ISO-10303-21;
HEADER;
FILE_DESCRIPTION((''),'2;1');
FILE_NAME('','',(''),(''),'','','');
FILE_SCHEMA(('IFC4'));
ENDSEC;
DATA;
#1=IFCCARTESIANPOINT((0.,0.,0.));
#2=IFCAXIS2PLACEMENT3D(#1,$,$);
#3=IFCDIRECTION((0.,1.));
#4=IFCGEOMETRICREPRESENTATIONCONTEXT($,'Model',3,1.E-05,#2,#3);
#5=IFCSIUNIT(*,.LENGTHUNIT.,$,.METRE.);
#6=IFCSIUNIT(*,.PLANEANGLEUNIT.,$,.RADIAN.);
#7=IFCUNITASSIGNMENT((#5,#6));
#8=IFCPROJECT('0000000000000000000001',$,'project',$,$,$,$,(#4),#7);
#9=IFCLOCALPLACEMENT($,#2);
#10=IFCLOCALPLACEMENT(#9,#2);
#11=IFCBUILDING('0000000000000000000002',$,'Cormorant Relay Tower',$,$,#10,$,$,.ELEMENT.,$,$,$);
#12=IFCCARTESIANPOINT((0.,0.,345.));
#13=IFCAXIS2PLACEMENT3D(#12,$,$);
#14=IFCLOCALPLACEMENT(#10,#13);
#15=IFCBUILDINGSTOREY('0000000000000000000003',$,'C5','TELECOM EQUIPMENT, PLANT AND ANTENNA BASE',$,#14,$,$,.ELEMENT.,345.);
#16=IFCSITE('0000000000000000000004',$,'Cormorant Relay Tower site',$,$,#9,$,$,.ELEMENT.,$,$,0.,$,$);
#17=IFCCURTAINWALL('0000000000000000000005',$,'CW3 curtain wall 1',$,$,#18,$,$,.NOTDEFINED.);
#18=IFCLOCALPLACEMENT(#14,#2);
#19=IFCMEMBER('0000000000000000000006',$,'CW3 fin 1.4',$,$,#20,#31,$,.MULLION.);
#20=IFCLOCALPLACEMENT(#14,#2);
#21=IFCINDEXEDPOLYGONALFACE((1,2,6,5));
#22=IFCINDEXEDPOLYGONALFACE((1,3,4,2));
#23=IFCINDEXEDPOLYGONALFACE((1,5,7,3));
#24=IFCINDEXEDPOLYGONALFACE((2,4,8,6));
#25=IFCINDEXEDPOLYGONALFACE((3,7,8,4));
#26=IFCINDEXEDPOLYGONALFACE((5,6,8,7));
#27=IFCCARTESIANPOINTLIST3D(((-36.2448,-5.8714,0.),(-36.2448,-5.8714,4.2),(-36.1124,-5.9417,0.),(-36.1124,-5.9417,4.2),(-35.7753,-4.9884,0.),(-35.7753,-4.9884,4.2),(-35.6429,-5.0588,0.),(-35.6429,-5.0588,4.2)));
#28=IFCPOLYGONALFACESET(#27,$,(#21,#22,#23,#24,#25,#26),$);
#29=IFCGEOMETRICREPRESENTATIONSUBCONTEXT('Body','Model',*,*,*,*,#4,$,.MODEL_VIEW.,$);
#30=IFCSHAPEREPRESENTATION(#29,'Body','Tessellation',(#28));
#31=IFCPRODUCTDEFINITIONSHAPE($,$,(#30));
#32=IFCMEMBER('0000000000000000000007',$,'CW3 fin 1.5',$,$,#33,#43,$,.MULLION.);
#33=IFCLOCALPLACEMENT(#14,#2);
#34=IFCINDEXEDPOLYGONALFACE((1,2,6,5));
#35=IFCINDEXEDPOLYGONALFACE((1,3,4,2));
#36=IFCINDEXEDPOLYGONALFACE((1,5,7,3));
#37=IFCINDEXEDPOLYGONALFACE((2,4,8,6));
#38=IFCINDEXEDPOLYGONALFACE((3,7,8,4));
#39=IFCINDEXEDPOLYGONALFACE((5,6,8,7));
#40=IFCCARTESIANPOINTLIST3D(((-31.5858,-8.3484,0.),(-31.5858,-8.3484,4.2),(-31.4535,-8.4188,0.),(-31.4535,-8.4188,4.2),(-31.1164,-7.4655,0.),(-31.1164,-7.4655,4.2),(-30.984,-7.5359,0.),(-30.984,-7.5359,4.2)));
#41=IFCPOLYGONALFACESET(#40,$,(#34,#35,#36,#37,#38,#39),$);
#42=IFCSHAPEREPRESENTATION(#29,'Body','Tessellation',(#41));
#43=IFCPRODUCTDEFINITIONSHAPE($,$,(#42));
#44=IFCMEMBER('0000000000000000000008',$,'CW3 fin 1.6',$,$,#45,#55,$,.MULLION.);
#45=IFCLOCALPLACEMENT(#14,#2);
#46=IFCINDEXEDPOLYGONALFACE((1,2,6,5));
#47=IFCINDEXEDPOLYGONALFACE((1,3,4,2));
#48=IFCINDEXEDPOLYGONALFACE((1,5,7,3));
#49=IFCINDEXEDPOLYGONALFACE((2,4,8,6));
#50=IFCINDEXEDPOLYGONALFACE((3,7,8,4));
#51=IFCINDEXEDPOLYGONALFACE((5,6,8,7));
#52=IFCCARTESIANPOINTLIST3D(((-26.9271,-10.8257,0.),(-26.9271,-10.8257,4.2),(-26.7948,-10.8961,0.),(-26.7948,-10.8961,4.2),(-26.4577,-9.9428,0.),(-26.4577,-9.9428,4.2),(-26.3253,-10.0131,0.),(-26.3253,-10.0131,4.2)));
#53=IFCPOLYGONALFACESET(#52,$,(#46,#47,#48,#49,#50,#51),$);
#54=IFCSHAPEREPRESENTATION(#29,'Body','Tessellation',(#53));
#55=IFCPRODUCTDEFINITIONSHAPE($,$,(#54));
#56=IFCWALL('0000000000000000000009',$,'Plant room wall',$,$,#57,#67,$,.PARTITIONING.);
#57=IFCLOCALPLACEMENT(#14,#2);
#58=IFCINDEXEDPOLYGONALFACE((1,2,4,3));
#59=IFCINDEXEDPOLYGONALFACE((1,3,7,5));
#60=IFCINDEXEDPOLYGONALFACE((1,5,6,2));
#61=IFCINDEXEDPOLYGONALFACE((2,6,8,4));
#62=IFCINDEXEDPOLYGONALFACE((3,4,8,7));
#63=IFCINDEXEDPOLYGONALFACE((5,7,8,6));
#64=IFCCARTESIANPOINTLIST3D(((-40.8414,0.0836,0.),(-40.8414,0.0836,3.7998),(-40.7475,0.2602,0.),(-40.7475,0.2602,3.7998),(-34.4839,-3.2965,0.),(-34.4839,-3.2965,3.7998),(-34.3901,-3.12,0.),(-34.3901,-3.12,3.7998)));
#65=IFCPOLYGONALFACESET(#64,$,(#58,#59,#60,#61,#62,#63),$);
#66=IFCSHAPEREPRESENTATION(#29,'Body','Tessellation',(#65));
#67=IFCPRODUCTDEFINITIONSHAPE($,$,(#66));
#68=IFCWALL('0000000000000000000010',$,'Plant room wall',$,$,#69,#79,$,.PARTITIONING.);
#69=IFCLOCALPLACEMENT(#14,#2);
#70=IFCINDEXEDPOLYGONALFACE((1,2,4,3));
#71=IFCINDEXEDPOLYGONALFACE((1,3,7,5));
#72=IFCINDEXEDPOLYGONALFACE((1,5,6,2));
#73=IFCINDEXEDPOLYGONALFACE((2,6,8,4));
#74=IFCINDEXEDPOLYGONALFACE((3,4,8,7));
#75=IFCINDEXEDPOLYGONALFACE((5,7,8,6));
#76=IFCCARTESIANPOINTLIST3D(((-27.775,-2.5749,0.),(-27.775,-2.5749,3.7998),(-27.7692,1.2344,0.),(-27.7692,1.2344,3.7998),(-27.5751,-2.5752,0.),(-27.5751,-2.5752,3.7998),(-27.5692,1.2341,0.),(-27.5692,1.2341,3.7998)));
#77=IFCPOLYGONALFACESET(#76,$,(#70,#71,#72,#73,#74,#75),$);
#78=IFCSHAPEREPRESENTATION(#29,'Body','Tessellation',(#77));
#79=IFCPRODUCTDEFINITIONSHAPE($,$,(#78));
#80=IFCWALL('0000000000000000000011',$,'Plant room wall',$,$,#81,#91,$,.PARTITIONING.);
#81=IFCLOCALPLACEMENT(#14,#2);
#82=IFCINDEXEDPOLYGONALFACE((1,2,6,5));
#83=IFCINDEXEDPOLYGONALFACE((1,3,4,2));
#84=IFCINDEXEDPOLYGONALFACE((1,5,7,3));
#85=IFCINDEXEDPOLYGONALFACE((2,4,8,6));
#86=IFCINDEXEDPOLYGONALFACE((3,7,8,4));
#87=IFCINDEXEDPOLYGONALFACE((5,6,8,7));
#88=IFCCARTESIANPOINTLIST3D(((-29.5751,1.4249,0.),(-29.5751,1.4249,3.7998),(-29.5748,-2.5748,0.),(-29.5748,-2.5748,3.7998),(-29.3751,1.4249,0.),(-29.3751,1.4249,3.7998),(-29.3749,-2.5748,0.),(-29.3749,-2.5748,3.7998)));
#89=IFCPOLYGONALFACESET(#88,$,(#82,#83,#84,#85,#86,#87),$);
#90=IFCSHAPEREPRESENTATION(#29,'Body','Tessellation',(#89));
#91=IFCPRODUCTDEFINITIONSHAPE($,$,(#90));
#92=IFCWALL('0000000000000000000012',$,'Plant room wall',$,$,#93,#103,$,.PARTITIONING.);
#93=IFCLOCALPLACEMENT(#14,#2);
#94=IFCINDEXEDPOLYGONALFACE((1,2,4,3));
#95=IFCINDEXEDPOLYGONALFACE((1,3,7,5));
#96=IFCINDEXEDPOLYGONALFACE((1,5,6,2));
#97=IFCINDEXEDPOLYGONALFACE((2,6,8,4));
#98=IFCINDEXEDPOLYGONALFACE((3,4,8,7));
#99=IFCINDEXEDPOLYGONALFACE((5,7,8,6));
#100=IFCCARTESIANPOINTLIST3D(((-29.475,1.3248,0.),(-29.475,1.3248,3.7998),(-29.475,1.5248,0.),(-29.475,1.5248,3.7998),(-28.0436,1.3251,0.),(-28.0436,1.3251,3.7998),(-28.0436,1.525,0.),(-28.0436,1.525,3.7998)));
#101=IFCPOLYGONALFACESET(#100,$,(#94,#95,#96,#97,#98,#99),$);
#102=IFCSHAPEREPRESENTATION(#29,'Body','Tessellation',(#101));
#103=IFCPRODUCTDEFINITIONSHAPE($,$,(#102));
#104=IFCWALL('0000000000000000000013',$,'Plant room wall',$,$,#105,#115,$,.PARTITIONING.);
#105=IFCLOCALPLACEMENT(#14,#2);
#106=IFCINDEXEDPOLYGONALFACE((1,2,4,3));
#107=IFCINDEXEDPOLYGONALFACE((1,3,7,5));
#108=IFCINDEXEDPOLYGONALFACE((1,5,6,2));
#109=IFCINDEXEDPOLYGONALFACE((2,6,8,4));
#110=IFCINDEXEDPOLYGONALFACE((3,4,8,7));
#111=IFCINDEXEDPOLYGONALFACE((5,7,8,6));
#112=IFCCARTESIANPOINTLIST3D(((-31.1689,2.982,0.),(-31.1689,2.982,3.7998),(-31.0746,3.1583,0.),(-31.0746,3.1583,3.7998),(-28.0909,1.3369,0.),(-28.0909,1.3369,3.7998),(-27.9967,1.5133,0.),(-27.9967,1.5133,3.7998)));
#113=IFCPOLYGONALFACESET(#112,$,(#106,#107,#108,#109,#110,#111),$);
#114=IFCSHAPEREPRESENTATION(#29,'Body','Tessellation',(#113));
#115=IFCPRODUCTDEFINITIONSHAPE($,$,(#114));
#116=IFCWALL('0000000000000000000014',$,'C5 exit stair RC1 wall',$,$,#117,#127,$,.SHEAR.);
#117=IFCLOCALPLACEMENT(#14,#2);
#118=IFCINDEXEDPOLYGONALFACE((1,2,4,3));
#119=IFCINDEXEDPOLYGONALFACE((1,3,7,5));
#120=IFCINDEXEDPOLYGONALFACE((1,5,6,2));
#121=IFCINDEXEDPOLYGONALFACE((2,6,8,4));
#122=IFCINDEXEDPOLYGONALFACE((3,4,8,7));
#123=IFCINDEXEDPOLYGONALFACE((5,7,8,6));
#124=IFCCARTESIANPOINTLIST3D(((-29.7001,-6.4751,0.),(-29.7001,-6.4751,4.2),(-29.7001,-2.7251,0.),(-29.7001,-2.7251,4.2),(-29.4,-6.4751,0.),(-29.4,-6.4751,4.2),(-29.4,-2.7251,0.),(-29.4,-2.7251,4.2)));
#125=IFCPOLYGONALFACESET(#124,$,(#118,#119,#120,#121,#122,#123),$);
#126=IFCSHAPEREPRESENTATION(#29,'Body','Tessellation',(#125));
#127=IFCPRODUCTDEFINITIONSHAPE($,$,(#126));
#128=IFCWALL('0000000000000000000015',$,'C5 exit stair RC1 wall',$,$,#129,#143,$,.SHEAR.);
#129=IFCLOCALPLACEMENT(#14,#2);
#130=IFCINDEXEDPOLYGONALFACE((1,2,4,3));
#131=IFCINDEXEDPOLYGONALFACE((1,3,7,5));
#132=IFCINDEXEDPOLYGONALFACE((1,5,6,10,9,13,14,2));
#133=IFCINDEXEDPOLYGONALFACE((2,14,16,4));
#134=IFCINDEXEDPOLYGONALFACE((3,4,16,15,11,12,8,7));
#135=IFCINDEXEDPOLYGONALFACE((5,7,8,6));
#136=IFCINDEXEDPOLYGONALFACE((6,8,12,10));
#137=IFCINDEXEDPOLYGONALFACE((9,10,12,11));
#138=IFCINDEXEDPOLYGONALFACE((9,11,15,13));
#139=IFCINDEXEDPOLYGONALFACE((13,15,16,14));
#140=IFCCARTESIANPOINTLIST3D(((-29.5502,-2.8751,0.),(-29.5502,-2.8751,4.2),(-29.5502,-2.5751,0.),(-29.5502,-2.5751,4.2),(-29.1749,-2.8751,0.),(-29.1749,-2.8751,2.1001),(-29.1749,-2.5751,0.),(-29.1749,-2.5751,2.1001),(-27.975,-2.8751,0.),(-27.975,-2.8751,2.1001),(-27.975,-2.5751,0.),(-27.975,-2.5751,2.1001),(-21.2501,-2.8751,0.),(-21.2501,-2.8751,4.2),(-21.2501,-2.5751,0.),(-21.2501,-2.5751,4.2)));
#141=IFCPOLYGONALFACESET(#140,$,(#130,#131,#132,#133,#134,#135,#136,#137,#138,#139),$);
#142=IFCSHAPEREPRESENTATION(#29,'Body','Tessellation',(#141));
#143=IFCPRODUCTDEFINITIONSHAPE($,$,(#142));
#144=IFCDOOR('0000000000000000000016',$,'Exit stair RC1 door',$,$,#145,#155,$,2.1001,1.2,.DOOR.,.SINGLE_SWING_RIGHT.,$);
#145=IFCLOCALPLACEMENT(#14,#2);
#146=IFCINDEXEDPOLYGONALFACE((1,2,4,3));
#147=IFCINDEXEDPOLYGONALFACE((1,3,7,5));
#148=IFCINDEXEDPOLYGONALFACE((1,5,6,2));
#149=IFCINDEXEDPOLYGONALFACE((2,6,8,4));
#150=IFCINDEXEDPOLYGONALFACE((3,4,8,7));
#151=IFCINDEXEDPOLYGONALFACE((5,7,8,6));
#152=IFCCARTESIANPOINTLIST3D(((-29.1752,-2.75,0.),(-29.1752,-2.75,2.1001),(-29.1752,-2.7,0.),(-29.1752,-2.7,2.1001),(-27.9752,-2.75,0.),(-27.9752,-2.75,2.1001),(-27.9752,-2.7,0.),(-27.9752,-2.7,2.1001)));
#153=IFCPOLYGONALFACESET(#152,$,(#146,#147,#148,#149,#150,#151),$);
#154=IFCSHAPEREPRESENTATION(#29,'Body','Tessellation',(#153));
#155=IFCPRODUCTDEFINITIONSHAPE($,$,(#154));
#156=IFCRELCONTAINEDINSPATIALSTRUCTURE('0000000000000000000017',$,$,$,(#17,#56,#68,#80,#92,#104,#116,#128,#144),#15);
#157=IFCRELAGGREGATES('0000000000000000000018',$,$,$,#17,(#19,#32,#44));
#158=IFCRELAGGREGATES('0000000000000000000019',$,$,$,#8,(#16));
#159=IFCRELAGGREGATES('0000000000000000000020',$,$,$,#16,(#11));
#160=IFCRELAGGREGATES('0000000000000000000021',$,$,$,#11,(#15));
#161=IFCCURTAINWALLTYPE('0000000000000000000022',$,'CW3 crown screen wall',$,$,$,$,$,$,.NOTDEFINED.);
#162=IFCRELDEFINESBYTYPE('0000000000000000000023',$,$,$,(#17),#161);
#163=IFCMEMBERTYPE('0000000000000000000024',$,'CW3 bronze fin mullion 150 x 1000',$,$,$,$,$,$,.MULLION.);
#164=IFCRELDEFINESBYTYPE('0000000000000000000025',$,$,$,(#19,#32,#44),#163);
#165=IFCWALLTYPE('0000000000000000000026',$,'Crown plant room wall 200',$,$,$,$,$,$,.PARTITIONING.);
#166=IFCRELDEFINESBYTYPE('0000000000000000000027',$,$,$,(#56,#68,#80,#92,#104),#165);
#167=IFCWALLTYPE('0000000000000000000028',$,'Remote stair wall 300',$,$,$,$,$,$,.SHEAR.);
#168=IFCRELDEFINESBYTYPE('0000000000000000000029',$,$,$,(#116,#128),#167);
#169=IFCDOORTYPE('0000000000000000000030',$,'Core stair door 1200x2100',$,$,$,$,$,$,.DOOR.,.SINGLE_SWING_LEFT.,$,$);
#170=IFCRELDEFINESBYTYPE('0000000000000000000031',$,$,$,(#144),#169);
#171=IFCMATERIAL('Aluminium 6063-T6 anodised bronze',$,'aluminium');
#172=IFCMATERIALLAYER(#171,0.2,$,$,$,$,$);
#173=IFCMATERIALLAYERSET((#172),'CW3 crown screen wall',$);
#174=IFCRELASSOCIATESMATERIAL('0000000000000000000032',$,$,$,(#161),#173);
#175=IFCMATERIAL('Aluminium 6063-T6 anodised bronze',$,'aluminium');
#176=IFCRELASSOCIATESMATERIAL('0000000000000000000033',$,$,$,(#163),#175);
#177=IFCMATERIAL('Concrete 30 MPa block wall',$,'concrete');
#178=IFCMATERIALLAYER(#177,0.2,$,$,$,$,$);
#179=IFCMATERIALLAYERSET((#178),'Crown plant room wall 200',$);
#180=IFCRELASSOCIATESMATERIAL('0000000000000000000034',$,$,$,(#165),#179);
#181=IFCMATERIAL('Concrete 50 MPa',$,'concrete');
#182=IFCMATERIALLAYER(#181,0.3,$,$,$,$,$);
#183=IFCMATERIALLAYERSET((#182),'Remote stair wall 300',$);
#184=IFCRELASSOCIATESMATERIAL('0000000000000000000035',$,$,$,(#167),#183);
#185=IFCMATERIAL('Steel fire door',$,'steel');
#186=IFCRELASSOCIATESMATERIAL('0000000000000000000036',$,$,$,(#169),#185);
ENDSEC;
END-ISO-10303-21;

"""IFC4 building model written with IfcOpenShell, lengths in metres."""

from ifc_helpers import new_model, si_unit, direction, frame, frame_2d, origin, origin_2d, place, context, subcontext, project, spatial, rectangle, extrude, material, layer, layer_set, material_profile, profile_set, type_object, element, fill, aggregate, save


model = new_model("IFC4")

# Units and contexts
model_context = context("Model", 3, precision=1e-05, world=origin(), true_north=direction((0.0, 1.0)))
body_context = subcontext(model_context, "Body", "Model", "MODEL_VIEW")
ifc_project = project(units=[si_unit("LENGTHUNIT", "METRE"), si_unit("PLANEANGLEUNIT", "RADIAN")], contexts=[model_context])

# Site, building, storey
site_placement = place(None, origin())
site = spatial("IfcSite", under=ifc_project, at=site_placement, Name="Cormorant Relay Tower site", CompositionType="ELEMENT", RefElevation=0.0)
building_placement = place(site_placement, origin())
building = spatial("IfcBuilding", under=site, at=building_placement, Name="Cormorant Relay Tower", CompositionType="ELEMENT")
storey_placement = place(building_placement, frame((0.0, 0.0, 345.0)))
storey = spatial("IfcBuildingStorey", under=building, at=storey_placement, Name="C5", Description="TELECOM EQUIPMENT, PLANT AND ANTENNA BASE", CompositionType="ELEMENT", Elevation=345.0)

# Curtain wall, members
ifc_material_1 = material(Name="Aluminium 6063-T6 anodised bronze", Category="aluminium")
ifc_layer_1 = layer(ifc_material_1, 0.2)
ifc_layer_set_1 = layer_set([ifc_layer_1], Name="CW3 crown screen wall")
curtain_wall_type = type_object("IfcCurtainWallType", Name="CW3 crown screen wall", PredefinedType="NOTDEFINED", material=ifc_layer_set_1)
curtain_wall_placement = place(storey_placement, origin())
curtain_wall = element("IfcCurtainWall", 1, at=curtain_wall_placement, inside=storey, type_object=curtain_wall_type, Name="CW3 curtain wall 1", PredefinedType="NOTDEFINED")
ifc_material_2 = material(Name="Aluminium 6063-T6 anodised bronze", Category="aluminium")
ifc_material_profile = material_profile(ifc_material_2, rectangle(XDim=0.1499, YDim=1.0, at=origin_2d()), Name="AL 150x1000")
ifc_profile_set = profile_set([ifc_material_profile], Name="Aluminium 6063-T6 anodised bronze")
member_type = type_object("IfcMemberType", Name="CW3 bronze fin mullion 150 x 1000", PredefinedType="MULLION", material=ifc_profile_set)
member_1_placement = place(storey_placement, frame((-35.9438, -5.4651, 0.0), z_axis=(0.0, 0.0, 1.0), x_axis=(0.882948, -0.469472, 0.0)))
member_1 = element("IfcMember", 2, at=member_1_placement, type_object=member_type, Name="CW3 fin 1.4", PredefinedType="MULLION", context=body_context, shape_type="SweptSolid", body=[
    extrude(rectangle(XDim=0.1499, YDim=1.0, at=origin_2d()), origin(), (0.0, 0.0, 1.0), 4.2),
])
member_2_placement = place(storey_placement, frame((-31.2849, -7.9421, 0.0), z_axis=(0.0, 0.0, 1.0), x_axis=(0.882948, -0.469472, 0.0)))
member_2 = element("IfcMember", 3, at=member_2_placement, type_object=member_type, Name="CW3 fin 1.5", PredefinedType="MULLION", context=body_context, shape_type="SweptSolid", body=[
    extrude(rectangle(XDim=0.1499, YDim=1.0, at=origin_2d()), origin(), (0.0, 0.0, 1.0), 4.2),
])
member_3_placement = place(storey_placement, frame((-26.6262, -10.4194, 0.0), z_axis=(0.0, 0.0, 1.0), x_axis=(0.882948, -0.469472, 0.0)))
member_3 = element("IfcMember", 4, at=member_3_placement, type_object=member_type, Name="CW3 fin 1.6", PredefinedType="MULLION", context=body_context, shape_type="SweptSolid", body=[
    extrude(rectangle(XDim=0.1499, YDim=1.0, at=origin_2d()), origin(), (0.0, 0.0, 1.0), 4.2),
])

# Walls
ifc_material_3 = material(Name="Concrete 30 MPa block wall", Category="concrete")
ifc_layer_2 = layer(ifc_material_3, 0.2)
ifc_layer_set_2 = layer_set([ifc_layer_2], Name="Crown plant room wall 200")
wall_type_1 = type_object("IfcWallType", Name="Crown plant room wall 200", PredefinedType="PARTITIONING", material=ifc_layer_set_2)
wall_1_placement = place(storey_placement, frame((-34.437, -3.2083, 0.0), z_axis=(0.0, 0.0, 1.0), x_axis=(-0.882958, 0.469453, 0.0)))
element("IfcWall", 5, at=wall_1_placement, inside=storey, type_object=wall_type_1, Name="Plant room wall", PredefinedType="PARTITIONING", context=body_context, shape_type="SweptSolid", body=[
    extrude(rectangle(XDim=7.2002, YDim=0.2, at=frame_2d((3.6001, 0.0))), origin(), (0.0, 0.0, 1.0), 3.7998),
])
wall_2_placement = place(storey_placement, frame((-27.6692, 1.2344, 0.0), z_axis=(0.0, 0.0, 1.0), x_axis=(-0.001538, -0.999999, 0.0)))
element("IfcWall", 6, at=wall_2_placement, inside=storey, type_object=wall_type_1, Name="Plant room wall", PredefinedType="PARTITIONING", context=body_context, shape_type="SweptSolid", body=[
    extrude(rectangle(XDim=3.8093, YDim=0.2, at=frame_2d((1.9048, 0.0))), origin(), (0.0, 0.0, 1.0), 3.7998),
])
wall_3_placement = place(storey_placement, frame((-29.4749, -2.575, 0.0), z_axis=(0.0, 0.0, 1.0), x_axis=(-0.000061, 1.0, 0.0)))
element("IfcWall", 7, at=wall_3_placement, inside=storey, type_object=wall_type_1, Name="Plant room wall", PredefinedType="PARTITIONING", context=body_context, shape_type="SweptSolid", body=[
    extrude(rectangle(XDim=3.9998, YDim=0.2, at=frame_2d((2.0, 0.0))), origin(), (0.0, 0.0, 1.0), 3.7998),
])
wall_4_placement = place(storey_placement, frame((-29.4751, 1.4248, 0.0), z_axis=(0.0, 0.0, 1.0), x_axis=(1.0, 0.000171, 0.0)))
element("IfcWall", 8, at=wall_4_placement, inside=storey, type_object=wall_type_1, Name="Plant room wall", PredefinedType="PARTITIONING", context=body_context, shape_type="SweptSolid", body=[
    extrude(rectangle(XDim=1.4314, YDim=0.2, at=frame_2d((0.7158, 0.0))), origin(), (0.0, 0.0, 1.0), 3.7998),
])
wall_5_placement = place(storey_placement, frame((-28.0437, 1.425, 0.0), z_axis=(0.0, 0.0, 1.0), x_axis=(-0.881938, 0.471365, 0.0)))
element("IfcWall", 9, at=wall_5_placement, inside=storey, type_object=wall_type_1, Name="Plant room wall", PredefinedType="PARTITIONING", context=body_context, shape_type="SweptSolid", body=[
    extrude(rectangle(XDim=3.49, YDim=0.2, at=frame_2d((1.7451, 0.0))), origin(), (0.0, 0.0, 1.0), 3.7998),
])
ifc_material_4 = material(Name="Concrete 50 MPa", Category="concrete")
ifc_layer_3 = layer(ifc_material_4, 0.3)
ifc_layer_set_3 = layer_set([ifc_layer_3], Name="Remote stair wall 300")
wall_type_2 = type_object("IfcWallType", Name="Remote stair wall 300", PredefinedType="SHEAR", material=ifc_layer_set_3)
wall_6_placement = place(storey_placement, frame((-29.55, -6.4751, 0.0), z_axis=(0.0, 0.0, 1.0), x_axis=(0.0, 1.0, 0.0)))
element("IfcWall", 10, at=wall_6_placement, inside=storey, type_object=wall_type_2, Name="C5 exit stair RC1 wall", PredefinedType="SHEAR", context=body_context, shape_type="SweptSolid", body=[
    extrude(rectangle(XDim=3.75, YDim=0.3, at=frame_2d((1.875, 0.0))), origin(), (0.0, 0.0, 1.0), 4.2),
])

# Wall, opening, door
wall_7_placement = place(storey_placement, frame((-29.55, -2.7251, 0.0), z_axis=(0.0, 0.0, 1.0), x_axis=(1.0, 0.0, 0.0)))
wall_7 = element("IfcWall", 11, at=wall_7_placement, inside=storey, type_object=wall_type_2, Name="C5 exit stair RC1 wall", PredefinedType="SHEAR", context=body_context, shape_type="SweptSolid", body=[
    extrude(rectangle(XDim=8.3, YDim=0.3, at=frame_2d((4.1499, 0.0))), origin(), (0.0, 0.0, 1.0), 4.2),
])
opening_placement = place(wall_7_placement, frame((0.375, 0.0, 0.0)))
opening = element("IfcOpeningElement", 12, at=opening_placement, cuts=wall_7, PredefinedType="OPENING", context=body_context, shape_type="SweptSolid", body=[
    extrude(rectangle(XDim=1.2, YDim=2.1001, at=frame_2d((0.6001, 1.05))), frame((0.0, 0.1599, 0.0), z_axis=(0.0, -1.0, 0.0), x_axis=(1.0, 0.0, 0.0)), (0.0, 0.0, 1.0), 0.3201),
])
ifc_material_5 = material(Name="Steel fire door", Category="steel")
door_type = type_object("IfcDoorType", Name="Core stair door 1200x2100", OperationType="SINGLE_SWING_LEFT", PredefinedType="DOOR", material=ifc_material_5)
door_placement = place(opening_placement, frame((1.2, 0.0, 0.0), z_axis=(0.0, 0.0, 1.0), x_axis=(-1.0, 0.0, 0.0)))
door = element("IfcDoor", 13, at=door_placement, inside=storey, type_object=door_type, Name="Exit stair RC1 door", OperationType="SINGLE_SWING_RIGHT", OverallHeight=2.1001, OverallWidth=1.2, PredefinedType="DOOR", context=body_context, shape_type="SweptSolid", body=[
    extrude(rectangle(XDim=1.2, YDim=2.1001, at=frame_2d((0.6001, 1.05))), frame((0.0, 0.0249, 0.0), z_axis=(0.0, -1.0, 0.0), x_axis=(1.0, 0.0, 0.0)), (0.0, 0.0, 1.0), 0.05),
])
fill(opening, door)

aggregate(curtain_wall, [member_1, member_2, member_3])

save(model, "model.ifc")
